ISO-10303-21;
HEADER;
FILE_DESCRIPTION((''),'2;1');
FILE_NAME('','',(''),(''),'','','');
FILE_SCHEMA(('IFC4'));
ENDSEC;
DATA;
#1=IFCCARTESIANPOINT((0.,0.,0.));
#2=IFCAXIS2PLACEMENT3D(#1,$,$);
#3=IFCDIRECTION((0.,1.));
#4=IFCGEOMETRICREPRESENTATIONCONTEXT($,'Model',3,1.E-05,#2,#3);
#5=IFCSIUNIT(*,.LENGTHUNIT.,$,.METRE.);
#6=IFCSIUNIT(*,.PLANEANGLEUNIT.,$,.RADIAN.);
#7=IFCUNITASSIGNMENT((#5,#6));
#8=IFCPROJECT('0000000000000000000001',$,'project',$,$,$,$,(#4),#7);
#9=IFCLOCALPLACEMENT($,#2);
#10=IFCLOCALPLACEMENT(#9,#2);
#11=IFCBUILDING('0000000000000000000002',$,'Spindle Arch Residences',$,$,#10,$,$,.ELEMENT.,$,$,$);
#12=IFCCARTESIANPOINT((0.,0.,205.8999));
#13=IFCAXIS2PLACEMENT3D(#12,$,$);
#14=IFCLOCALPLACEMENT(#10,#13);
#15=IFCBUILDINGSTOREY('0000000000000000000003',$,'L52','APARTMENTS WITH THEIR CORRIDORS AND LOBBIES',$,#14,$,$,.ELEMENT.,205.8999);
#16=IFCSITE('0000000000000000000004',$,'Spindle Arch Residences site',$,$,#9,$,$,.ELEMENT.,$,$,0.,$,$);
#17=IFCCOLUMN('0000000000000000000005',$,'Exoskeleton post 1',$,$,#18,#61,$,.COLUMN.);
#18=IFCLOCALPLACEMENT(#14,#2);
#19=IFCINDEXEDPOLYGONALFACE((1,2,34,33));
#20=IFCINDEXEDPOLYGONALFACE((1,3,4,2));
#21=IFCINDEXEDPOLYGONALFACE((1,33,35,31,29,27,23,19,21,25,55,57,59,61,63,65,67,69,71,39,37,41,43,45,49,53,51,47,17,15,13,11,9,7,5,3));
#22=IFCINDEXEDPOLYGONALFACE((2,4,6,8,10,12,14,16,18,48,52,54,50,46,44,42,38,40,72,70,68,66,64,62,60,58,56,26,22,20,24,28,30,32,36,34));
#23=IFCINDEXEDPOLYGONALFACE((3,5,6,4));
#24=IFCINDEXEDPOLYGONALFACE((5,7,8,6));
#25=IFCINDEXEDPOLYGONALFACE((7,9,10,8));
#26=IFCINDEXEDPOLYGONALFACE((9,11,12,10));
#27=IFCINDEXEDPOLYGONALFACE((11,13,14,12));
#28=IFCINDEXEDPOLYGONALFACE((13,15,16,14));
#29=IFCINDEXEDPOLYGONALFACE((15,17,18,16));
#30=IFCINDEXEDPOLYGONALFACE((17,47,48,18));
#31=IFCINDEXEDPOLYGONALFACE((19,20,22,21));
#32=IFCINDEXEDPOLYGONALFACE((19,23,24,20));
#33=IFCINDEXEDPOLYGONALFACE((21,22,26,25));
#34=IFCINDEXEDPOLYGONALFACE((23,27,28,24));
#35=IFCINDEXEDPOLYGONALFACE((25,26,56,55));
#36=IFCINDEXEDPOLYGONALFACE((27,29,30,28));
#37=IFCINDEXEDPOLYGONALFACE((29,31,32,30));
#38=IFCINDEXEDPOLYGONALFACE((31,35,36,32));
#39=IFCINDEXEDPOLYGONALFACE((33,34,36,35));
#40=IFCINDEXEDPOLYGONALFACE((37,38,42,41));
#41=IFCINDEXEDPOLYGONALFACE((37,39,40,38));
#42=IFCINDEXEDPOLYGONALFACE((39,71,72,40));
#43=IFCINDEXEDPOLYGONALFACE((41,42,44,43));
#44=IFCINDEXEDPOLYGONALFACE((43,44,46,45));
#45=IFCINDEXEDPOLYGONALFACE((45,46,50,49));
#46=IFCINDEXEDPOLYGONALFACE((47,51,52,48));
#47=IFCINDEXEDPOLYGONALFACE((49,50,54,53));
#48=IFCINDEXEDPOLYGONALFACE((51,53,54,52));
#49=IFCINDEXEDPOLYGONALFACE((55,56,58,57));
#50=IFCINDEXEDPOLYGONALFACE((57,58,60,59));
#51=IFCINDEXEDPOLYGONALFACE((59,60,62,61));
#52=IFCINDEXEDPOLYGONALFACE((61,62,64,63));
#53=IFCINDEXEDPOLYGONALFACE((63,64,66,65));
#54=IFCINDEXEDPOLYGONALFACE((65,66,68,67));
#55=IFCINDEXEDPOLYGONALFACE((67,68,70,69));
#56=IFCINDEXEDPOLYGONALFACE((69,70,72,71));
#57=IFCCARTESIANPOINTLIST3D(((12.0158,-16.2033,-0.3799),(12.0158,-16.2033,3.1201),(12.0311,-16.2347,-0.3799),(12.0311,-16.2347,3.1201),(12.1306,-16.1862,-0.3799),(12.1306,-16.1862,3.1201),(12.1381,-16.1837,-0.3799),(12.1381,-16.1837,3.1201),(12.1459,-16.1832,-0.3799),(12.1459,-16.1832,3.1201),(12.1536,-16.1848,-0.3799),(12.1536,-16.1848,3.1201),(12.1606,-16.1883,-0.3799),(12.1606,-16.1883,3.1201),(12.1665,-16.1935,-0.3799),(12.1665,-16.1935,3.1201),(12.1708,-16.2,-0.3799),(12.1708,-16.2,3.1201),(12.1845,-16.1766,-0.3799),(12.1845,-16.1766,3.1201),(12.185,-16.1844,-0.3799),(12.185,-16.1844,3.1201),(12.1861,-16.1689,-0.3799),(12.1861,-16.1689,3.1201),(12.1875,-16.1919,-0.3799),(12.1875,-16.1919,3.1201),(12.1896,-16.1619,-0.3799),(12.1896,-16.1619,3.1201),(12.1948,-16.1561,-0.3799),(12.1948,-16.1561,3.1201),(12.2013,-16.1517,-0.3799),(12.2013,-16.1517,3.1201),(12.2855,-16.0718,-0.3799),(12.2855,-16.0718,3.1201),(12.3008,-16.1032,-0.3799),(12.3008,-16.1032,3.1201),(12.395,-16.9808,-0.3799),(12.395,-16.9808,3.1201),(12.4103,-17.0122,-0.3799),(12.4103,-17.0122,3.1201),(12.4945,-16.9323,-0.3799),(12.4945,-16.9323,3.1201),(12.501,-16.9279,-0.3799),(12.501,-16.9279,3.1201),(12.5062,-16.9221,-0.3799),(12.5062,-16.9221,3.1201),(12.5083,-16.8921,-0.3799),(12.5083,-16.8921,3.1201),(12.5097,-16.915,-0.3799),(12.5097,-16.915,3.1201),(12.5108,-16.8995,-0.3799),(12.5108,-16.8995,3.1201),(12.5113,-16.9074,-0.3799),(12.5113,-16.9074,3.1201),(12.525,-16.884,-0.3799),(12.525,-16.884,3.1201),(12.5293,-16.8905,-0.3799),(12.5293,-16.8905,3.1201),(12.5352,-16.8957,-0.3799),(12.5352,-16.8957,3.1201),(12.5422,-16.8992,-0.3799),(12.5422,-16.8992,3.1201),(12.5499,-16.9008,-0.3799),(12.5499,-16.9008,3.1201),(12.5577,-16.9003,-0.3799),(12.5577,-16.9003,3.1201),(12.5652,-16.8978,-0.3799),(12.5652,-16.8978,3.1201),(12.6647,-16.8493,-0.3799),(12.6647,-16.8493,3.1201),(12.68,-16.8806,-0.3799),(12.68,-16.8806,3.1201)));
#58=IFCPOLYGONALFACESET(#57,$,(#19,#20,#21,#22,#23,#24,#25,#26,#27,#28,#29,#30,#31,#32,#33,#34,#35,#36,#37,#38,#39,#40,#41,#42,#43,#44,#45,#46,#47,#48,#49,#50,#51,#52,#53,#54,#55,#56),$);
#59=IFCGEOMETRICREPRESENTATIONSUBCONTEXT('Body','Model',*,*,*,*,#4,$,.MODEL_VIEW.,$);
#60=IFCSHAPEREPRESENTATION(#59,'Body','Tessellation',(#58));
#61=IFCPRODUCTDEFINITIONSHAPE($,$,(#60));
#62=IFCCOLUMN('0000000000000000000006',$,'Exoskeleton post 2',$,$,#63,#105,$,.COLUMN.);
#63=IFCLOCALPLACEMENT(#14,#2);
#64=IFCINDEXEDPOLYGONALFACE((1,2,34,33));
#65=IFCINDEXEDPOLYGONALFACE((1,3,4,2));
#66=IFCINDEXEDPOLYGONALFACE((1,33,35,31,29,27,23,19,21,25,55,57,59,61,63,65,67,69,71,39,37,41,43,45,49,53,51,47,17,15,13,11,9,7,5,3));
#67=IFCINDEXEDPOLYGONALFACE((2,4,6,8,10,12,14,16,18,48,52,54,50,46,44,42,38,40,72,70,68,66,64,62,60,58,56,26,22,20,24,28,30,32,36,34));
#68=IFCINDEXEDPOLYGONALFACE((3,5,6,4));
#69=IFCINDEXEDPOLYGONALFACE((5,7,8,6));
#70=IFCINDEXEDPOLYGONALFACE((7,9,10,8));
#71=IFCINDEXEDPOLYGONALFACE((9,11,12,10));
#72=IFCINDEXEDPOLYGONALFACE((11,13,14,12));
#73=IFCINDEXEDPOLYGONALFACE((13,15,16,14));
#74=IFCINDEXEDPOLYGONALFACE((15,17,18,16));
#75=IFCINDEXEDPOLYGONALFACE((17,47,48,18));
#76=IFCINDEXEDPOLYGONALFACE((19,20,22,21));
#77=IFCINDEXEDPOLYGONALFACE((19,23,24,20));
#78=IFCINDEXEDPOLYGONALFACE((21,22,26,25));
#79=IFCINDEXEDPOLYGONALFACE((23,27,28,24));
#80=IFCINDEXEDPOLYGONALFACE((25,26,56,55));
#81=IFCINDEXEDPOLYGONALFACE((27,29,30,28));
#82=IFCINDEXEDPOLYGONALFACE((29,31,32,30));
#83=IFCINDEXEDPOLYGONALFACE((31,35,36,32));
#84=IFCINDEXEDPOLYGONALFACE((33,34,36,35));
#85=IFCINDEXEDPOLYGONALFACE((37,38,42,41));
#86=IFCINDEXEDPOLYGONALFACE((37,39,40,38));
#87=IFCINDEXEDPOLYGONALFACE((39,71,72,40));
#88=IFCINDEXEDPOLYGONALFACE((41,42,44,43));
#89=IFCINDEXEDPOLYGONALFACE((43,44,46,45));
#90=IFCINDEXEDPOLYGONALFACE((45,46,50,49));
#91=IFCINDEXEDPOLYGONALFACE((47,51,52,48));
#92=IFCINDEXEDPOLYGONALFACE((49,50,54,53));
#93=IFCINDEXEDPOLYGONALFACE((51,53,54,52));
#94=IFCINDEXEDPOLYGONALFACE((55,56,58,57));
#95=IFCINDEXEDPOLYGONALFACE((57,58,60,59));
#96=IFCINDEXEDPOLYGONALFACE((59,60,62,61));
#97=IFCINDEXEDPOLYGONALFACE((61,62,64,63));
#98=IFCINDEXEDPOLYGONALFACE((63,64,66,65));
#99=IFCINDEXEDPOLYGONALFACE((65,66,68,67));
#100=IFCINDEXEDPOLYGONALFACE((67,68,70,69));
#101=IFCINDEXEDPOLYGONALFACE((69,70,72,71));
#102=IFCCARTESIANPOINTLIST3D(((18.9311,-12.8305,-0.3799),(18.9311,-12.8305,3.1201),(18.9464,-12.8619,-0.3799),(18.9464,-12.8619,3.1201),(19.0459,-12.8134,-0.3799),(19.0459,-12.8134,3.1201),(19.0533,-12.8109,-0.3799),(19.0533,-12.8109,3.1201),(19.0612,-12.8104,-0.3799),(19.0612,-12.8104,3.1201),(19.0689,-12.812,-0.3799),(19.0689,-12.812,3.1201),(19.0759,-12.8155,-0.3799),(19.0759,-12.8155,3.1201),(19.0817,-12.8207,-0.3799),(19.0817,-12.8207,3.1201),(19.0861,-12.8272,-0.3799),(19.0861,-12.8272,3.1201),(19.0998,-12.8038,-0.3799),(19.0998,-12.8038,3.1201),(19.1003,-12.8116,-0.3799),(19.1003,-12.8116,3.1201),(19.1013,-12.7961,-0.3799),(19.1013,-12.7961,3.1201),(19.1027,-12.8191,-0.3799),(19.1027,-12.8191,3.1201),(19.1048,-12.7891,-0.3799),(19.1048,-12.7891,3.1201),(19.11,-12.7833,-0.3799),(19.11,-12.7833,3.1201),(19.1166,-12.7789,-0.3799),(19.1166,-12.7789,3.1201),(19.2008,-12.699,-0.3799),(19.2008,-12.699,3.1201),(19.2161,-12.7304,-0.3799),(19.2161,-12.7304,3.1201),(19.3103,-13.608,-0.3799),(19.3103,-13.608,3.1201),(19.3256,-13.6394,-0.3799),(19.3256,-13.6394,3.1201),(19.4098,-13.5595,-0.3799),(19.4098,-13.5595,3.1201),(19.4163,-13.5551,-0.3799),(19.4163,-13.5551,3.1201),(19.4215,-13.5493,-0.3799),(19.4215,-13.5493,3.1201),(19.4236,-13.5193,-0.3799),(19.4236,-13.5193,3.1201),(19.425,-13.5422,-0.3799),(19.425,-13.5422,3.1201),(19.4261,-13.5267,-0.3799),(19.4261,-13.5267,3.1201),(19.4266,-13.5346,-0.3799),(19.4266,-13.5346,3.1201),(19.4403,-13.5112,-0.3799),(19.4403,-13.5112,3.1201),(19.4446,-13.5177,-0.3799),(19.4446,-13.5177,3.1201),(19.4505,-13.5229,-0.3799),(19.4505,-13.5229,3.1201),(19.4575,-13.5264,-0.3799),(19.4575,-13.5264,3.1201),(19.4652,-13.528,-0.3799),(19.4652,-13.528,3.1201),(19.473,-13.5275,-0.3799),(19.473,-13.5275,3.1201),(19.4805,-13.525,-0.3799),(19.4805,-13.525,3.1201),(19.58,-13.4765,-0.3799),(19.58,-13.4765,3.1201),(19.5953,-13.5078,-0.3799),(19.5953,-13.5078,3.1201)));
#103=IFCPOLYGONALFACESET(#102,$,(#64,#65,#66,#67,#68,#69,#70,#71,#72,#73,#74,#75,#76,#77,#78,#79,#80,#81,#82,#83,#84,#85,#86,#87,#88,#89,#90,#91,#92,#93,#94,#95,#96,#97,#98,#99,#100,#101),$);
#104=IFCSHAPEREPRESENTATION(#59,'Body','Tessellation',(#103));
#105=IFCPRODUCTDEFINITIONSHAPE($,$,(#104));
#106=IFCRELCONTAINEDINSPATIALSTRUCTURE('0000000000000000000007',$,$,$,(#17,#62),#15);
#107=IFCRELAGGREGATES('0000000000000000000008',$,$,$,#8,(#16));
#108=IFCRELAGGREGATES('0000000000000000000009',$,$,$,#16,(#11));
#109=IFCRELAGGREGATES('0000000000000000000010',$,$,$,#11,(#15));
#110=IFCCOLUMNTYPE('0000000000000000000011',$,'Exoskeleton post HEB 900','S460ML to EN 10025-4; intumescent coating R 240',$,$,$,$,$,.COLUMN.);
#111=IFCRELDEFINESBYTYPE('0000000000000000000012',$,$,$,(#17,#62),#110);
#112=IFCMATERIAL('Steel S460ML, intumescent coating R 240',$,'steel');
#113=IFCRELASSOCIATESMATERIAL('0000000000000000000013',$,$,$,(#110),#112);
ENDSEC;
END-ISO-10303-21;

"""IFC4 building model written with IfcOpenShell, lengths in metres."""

from ifc_helpers import new_model, si_unit, direction, frame, origin, origin_2d, place, context, subcontext, project, spatial, i_section, extrude, material, material_profile, profile_set, type_object, element, save


model = new_model("IFC4")

# Units and contexts
model_context = context("Model", 3, precision=1e-05, world=origin(), true_north=direction((0.0, 1.0)))
body_context = subcontext(model_context, "Body", "Model", "MODEL_VIEW")
ifc_project = project(units=[si_unit("LENGTHUNIT", "METRE"), si_unit("PLANEANGLEUNIT", "RADIAN")], contexts=[model_context])

# Site, building, storey
site_placement = place(None, origin())
site = spatial("IfcSite", under=ifc_project, at=site_placement, Name="Spindle Arch Residences site", CompositionType="ELEMENT", RefElevation=0.0)
building_placement = place(site_placement, origin())
building = spatial("IfcBuilding", under=site, at=building_placement, Name="Spindle Arch Residences", CompositionType="ELEMENT")
storey_placement = place(building_placement, frame((0.0, 0.0, 205.8999)))
storey = spatial("IfcBuildingStorey", under=building, at=storey_placement, Name="L52", Description="APARTMENTS WITH THEIR CORRIDORS AND LOBBIES", CompositionType="ELEMENT", Elevation=205.8999)

# Columns
ifc_material_1 = material(Name="Steel S460ML, intumescent coating R 240", Category="steel")
ifc_material_profile_1 = material_profile(ifc_material_1, i_section(OverallWidth=0.3, OverallDepth=0.8999, WebThickness=0.0186, FlangeThickness=0.0349, FilletRadius=0.03, at=origin_2d()), Name="HEB 900")
ifc_profile_set_1 = profile_set([ifc_material_profile_1], Name="Steel S460ML, intumescent coating R 240")
column_type_1 = type_object("IfcColumnType", Name="Exoskeleton post HEB 900", Description="S460ML to EN 10025-4; intumescent coating R 240", PredefinedType="COLUMN", material=ifc_profile_set_1)
for number, where, z_axis, x_axis, name in (
    (1, (12.3479, -16.542, -0.3799), (0.0, 0.0, 1.0), (-0.898794, -0.438371, 0.0), "Exoskeleton post 1"),
    (2, (19.2632, -13.1692, -0.3799), (0.0, 0.0, 1.0), (-0.898794, -0.438371, 0.0), "Exoskeleton post 2"),
):
    element("IfcColumn", number, at=place(storey_placement, frame(where, z_axis=z_axis, x_axis=x_axis)), inside=storey, type_object=column_type_1, Name=name, PredefinedType="COLUMN", context=body_context, shape_type="SweptSolid", body=[
        extrude(i_section(OverallWidth=0.3, OverallDepth=0.8999, WebThickness=0.0186, FlangeThickness=0.0349, FilletRadius=0.03, at=origin_2d()), origin(), (0.0, 0.0, 1.0), 3.5),
    ])

save(model, "model.ifc")
